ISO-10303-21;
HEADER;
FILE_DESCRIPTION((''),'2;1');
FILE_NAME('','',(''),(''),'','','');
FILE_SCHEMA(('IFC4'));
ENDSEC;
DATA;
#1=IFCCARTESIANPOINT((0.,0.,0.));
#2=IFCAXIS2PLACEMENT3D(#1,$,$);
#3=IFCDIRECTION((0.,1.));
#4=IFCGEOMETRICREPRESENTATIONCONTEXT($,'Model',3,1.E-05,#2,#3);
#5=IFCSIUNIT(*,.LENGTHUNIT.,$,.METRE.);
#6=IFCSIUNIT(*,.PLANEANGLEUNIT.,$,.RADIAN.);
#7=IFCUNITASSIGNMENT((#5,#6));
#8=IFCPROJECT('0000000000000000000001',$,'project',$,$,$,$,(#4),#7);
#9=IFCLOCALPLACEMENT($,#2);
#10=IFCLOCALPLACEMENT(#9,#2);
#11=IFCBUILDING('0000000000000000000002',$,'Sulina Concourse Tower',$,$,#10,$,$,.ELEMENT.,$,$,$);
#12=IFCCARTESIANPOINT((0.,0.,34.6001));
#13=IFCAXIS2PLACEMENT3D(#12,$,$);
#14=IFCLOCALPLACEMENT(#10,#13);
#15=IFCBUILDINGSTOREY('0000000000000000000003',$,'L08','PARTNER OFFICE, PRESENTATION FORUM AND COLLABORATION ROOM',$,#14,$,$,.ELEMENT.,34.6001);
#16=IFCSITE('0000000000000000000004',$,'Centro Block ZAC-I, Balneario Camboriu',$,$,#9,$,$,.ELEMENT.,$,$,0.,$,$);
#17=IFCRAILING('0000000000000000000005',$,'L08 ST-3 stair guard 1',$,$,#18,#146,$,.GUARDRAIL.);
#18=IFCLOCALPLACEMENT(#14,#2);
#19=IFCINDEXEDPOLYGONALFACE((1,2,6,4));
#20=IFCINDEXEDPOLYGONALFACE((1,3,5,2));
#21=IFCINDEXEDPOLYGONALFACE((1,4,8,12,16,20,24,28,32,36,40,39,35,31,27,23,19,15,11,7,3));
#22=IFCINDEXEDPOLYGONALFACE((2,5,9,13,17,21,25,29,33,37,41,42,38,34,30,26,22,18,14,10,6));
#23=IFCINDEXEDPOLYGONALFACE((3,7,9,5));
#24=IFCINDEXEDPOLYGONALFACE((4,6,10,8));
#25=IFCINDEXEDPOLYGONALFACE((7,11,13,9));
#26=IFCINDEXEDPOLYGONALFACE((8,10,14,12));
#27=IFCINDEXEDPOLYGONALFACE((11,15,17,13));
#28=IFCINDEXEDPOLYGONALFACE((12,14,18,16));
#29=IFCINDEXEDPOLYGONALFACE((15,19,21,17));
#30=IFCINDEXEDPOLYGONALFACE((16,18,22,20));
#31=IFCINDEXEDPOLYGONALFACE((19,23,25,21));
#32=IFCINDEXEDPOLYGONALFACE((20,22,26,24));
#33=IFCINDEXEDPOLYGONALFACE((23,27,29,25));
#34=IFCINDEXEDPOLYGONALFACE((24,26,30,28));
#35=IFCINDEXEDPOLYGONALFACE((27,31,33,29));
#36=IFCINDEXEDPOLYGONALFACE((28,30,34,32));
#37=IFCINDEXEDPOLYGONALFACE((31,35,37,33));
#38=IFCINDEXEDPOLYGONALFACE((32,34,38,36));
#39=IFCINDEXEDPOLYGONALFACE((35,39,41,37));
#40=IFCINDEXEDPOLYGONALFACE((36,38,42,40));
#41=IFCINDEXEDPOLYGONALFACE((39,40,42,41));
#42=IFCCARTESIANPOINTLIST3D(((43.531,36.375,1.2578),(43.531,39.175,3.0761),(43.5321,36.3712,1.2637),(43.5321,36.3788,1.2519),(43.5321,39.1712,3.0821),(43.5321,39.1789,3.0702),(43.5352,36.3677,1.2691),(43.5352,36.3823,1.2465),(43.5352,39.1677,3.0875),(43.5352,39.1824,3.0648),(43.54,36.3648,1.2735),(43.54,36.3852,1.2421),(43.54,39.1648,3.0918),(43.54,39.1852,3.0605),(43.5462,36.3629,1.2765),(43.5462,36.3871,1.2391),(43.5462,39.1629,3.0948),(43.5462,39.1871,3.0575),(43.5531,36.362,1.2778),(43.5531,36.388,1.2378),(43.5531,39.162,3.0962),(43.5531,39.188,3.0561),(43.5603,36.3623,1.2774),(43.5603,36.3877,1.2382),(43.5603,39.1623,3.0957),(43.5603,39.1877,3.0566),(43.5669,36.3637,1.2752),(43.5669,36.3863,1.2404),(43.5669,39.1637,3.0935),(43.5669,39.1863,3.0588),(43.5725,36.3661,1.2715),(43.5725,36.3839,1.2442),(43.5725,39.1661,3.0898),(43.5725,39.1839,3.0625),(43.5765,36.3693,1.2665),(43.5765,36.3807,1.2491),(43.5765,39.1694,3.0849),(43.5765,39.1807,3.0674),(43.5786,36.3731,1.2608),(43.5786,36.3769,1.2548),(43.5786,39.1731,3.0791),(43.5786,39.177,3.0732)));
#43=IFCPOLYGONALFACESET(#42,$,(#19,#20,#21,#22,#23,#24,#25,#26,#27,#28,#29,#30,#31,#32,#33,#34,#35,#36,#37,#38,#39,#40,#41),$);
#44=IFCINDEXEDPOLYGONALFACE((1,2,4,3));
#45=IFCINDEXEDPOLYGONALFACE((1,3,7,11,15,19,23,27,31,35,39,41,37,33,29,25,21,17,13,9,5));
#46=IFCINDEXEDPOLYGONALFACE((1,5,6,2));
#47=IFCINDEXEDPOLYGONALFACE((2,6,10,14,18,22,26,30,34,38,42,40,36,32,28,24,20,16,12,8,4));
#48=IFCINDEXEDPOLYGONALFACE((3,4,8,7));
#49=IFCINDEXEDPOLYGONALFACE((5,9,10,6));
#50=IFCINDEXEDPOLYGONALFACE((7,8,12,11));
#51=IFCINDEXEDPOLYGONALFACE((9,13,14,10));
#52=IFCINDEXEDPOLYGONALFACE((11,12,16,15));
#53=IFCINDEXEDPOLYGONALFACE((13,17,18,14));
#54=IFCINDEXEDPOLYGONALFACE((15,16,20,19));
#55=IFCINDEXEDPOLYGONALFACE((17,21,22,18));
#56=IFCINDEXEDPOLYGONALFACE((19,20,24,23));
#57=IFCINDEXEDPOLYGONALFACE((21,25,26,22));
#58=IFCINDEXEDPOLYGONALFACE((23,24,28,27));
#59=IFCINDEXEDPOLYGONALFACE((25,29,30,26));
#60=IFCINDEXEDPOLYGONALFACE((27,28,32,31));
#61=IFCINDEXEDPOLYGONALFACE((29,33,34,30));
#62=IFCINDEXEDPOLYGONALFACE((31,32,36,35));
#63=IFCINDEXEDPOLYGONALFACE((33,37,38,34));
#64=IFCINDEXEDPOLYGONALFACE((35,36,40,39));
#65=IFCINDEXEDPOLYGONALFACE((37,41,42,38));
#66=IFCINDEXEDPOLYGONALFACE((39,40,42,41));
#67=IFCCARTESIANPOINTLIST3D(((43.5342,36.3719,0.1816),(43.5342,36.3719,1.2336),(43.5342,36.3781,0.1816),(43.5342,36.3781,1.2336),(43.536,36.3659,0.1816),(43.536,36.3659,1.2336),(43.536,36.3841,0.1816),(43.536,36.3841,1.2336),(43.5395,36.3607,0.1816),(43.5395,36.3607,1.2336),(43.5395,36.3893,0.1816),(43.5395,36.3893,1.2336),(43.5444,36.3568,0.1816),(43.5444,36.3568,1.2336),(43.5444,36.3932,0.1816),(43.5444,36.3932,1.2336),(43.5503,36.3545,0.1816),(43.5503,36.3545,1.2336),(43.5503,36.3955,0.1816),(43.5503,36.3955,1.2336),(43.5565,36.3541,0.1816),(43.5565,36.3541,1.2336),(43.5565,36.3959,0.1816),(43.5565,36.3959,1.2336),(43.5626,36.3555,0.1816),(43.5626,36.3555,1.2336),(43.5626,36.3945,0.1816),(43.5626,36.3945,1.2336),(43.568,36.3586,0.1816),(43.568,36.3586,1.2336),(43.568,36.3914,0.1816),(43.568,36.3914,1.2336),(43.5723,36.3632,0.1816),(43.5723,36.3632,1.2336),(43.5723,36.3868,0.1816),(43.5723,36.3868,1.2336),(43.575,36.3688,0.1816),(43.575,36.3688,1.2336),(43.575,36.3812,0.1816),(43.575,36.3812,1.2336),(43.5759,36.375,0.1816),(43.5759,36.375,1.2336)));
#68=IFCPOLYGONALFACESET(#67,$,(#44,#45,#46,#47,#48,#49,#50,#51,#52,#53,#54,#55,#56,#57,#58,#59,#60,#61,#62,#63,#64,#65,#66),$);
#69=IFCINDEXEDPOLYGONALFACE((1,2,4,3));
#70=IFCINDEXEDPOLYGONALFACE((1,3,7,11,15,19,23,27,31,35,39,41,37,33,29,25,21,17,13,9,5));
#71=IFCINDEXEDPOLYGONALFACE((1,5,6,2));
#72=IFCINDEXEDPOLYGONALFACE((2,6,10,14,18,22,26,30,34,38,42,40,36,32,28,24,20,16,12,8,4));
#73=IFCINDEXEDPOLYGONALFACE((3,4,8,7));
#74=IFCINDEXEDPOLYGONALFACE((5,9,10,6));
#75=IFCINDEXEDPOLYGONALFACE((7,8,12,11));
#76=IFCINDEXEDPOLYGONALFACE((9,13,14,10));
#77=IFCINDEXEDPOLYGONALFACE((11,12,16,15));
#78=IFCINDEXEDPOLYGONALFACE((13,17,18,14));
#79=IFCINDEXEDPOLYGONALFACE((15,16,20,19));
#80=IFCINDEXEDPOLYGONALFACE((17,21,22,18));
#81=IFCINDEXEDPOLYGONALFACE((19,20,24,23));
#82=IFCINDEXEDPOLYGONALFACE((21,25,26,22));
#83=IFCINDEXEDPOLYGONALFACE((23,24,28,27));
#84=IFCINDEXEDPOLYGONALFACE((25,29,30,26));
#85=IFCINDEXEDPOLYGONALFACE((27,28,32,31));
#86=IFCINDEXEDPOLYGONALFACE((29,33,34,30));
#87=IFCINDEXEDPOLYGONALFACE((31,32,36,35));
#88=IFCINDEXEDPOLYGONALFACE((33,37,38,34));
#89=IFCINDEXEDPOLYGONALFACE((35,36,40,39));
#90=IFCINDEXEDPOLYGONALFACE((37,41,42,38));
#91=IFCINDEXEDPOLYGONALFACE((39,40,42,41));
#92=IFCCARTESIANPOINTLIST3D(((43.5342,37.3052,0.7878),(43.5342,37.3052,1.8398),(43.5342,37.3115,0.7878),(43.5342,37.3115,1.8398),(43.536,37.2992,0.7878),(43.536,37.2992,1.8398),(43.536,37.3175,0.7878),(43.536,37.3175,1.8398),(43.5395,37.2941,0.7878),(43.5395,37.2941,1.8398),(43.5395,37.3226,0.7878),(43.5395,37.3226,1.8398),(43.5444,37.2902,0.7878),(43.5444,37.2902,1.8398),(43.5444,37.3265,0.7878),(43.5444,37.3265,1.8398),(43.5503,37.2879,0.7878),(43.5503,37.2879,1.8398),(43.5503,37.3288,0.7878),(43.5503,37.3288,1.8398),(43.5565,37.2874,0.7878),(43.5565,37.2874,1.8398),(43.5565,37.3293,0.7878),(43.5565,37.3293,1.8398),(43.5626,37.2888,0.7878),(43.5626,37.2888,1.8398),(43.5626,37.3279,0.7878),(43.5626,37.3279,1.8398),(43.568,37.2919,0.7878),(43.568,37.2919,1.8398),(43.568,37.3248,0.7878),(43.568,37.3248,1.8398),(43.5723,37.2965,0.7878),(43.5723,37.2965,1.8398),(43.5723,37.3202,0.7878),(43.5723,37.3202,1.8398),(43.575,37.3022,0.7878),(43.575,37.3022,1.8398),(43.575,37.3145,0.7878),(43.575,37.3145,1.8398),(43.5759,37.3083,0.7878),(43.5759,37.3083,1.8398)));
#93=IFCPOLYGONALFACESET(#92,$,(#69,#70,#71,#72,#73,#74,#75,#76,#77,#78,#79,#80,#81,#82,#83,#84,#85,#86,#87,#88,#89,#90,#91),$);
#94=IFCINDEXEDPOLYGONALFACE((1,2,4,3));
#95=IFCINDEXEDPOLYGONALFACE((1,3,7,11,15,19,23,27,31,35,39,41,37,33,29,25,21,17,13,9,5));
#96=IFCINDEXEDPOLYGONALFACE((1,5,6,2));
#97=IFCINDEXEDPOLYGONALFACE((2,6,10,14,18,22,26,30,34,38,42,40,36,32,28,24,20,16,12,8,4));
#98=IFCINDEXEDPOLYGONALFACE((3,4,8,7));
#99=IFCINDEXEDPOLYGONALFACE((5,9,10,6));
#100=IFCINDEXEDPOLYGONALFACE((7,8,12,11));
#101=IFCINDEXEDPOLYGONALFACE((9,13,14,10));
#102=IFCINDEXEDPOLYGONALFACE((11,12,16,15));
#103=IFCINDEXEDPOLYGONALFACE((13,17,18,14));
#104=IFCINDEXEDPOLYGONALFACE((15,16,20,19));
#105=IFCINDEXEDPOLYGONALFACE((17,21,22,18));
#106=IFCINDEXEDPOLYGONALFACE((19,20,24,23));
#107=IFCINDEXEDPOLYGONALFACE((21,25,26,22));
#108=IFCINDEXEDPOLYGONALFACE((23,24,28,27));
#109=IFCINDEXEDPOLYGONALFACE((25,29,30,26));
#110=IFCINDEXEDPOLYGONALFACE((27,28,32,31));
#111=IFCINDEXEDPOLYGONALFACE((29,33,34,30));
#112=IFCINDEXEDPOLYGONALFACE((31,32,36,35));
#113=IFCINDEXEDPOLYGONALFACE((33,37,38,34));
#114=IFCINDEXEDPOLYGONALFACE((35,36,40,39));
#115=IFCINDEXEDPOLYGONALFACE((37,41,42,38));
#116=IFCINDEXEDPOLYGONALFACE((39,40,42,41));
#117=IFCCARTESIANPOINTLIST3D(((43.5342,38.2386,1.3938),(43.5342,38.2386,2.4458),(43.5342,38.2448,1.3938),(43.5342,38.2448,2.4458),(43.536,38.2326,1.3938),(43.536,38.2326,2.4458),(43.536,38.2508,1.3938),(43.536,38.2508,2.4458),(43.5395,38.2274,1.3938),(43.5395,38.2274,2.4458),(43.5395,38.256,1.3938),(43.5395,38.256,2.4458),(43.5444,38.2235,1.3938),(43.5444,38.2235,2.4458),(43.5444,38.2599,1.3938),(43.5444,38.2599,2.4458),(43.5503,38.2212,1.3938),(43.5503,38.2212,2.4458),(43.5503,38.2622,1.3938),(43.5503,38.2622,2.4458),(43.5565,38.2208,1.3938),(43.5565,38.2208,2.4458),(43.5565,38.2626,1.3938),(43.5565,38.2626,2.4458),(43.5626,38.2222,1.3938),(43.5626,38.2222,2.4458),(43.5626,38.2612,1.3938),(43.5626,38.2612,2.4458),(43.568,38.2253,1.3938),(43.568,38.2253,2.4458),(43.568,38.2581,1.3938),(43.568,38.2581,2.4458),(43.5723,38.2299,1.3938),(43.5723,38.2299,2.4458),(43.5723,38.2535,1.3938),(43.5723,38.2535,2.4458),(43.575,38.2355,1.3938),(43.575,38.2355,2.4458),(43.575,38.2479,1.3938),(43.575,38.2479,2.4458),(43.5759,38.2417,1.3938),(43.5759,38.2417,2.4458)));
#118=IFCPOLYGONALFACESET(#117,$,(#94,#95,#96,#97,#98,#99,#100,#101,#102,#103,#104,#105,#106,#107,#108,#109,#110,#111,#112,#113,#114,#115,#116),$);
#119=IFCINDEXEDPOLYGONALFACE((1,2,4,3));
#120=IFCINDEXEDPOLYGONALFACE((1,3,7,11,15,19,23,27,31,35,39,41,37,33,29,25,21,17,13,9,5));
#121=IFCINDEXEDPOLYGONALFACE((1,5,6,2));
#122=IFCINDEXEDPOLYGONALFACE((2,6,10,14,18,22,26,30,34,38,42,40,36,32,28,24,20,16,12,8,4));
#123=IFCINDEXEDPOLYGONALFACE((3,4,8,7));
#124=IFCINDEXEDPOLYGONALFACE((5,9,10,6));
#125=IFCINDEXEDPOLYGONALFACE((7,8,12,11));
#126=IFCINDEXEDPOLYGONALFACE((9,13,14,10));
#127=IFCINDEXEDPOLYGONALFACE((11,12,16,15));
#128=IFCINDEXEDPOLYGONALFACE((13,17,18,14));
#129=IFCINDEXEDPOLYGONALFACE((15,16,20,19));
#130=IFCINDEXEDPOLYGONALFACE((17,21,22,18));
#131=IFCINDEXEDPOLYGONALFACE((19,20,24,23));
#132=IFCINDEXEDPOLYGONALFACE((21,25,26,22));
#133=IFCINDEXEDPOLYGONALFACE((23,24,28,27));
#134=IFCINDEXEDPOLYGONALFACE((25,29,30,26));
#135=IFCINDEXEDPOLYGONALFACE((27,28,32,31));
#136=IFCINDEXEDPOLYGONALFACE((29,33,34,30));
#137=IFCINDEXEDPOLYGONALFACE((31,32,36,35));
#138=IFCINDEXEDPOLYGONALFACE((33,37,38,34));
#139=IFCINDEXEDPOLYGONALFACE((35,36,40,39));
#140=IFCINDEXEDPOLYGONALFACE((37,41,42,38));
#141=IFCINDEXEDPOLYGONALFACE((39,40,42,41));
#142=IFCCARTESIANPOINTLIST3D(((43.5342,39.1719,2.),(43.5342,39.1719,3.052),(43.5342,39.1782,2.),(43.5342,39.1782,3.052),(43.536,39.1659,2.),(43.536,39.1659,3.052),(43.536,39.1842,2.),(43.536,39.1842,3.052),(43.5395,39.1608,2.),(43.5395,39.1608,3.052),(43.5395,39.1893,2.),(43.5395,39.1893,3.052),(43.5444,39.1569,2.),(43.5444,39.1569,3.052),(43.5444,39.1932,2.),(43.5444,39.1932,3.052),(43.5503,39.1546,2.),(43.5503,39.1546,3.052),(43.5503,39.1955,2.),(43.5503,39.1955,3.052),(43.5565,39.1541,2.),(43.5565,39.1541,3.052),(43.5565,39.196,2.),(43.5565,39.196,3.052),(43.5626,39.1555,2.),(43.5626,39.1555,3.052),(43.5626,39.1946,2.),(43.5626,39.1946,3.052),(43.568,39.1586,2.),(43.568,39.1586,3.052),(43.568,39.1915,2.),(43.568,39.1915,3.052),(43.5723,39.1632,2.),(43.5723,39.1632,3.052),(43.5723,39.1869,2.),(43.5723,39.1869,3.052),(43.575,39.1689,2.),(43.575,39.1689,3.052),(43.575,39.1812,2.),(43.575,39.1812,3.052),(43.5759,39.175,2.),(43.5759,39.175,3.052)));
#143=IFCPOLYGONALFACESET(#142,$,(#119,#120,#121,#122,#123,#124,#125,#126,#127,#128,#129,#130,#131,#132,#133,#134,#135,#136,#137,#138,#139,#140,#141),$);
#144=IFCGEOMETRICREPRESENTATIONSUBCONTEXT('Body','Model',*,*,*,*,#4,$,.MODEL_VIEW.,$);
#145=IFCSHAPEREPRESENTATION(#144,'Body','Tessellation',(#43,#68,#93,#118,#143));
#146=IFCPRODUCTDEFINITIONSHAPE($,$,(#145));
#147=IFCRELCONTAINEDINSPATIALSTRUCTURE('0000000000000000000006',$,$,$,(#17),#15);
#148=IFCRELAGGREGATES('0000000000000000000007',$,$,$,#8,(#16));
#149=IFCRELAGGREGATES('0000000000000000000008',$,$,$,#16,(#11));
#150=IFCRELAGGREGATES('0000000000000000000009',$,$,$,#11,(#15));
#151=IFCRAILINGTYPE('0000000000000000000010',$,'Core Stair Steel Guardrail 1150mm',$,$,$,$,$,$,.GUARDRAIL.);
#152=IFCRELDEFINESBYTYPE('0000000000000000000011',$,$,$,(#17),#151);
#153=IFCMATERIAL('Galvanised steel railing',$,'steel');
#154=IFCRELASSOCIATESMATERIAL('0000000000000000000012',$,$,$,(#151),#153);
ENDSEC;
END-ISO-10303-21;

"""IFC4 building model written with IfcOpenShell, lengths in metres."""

from ifc_helpers import new_model, si_unit, direction, frame, origin, origin_2d, place, context, subcontext, project, spatial, circle, extrude, material, type_object, element, save


model = new_model("IFC4")

# Units and contexts
model_context = context("Model", 3, precision=1e-05, world=origin(), true_north=direction((0.0, 1.0)))
body_context = subcontext(model_context, "Body", "Model", "MODEL_VIEW")
ifc_project = project(units=[si_unit("LENGTHUNIT", "METRE"), si_unit("PLANEANGLEUNIT", "RADIAN")], contexts=[model_context])

# Site, building, storey
site_placement = place(None, origin())
site = spatial("IfcSite", under=ifc_project, at=site_placement, Name="Centro Block ZAC-I, Balneario Camboriu", CompositionType="ELEMENT", RefElevation=0.0)
building_placement = place(site_placement, origin())
building = spatial("IfcBuilding", under=site, at=building_placement, Name="Sulina Concourse Tower", CompositionType="ELEMENT")
storey_placement = place(building_placement, frame((0.0, 0.0, 34.6001)))
storey = spatial("IfcBuildingStorey", under=building, at=storey_placement, Name="L08", Description="PARTNER OFFICE, PRESENTATION FORUM AND COLLABORATION ROOM", CompositionType="ELEMENT", Elevation=34.6001)

# Railing
ifc_material_1 = material(Name="Galvanised steel railing", Category="steel")
railing_type_1 = type_object("IfcRailingType", Name="Core Stair Steel Guardrail 1150mm", PredefinedType="GUARDRAIL", material=ifc_material_1)
railing_1_placement = place(storey_placement, frame((43.5549, 36.375, 0.1816)))
element("IfcRailing", 1, at=railing_1_placement, inside=storey, type_object=railing_type_1, Name="L08 ST-3 stair guard 1", PredefinedType="GUARDRAIL", context=body_context, shape_type="SweptSolid", body=[
    extrude(circle(Radius=0.0239, at=origin_2d()), frame((0.0, 0.0, 1.0762), z_axis=(0.0, 0.838672, 0.544636), x_axis=(-1.0, 0.0, 0.0)), (0.0, 0.0, 1.0), 3.3386),
    extrude(circle(Radius=0.021, at=origin_2d()), origin(), (0.0, 0.0, 1.0), 1.052),
    extrude(circle(Radius=0.021, at=origin_2d()), frame((0.0, 0.9333, 0.6062)), (0.0, 0.0, 1.0), 1.052),
    extrude(circle(Radius=0.021, at=origin_2d()), frame((0.0, 1.8667, 1.2122)), (0.0, 0.0, 1.0), 1.052),
    extrude(circle(Radius=0.021, at=origin_2d()), frame((0.0, 2.8, 1.8184)), (0.0, 0.0, 1.0), 1.052),
])

save(model, "model.ifc")
